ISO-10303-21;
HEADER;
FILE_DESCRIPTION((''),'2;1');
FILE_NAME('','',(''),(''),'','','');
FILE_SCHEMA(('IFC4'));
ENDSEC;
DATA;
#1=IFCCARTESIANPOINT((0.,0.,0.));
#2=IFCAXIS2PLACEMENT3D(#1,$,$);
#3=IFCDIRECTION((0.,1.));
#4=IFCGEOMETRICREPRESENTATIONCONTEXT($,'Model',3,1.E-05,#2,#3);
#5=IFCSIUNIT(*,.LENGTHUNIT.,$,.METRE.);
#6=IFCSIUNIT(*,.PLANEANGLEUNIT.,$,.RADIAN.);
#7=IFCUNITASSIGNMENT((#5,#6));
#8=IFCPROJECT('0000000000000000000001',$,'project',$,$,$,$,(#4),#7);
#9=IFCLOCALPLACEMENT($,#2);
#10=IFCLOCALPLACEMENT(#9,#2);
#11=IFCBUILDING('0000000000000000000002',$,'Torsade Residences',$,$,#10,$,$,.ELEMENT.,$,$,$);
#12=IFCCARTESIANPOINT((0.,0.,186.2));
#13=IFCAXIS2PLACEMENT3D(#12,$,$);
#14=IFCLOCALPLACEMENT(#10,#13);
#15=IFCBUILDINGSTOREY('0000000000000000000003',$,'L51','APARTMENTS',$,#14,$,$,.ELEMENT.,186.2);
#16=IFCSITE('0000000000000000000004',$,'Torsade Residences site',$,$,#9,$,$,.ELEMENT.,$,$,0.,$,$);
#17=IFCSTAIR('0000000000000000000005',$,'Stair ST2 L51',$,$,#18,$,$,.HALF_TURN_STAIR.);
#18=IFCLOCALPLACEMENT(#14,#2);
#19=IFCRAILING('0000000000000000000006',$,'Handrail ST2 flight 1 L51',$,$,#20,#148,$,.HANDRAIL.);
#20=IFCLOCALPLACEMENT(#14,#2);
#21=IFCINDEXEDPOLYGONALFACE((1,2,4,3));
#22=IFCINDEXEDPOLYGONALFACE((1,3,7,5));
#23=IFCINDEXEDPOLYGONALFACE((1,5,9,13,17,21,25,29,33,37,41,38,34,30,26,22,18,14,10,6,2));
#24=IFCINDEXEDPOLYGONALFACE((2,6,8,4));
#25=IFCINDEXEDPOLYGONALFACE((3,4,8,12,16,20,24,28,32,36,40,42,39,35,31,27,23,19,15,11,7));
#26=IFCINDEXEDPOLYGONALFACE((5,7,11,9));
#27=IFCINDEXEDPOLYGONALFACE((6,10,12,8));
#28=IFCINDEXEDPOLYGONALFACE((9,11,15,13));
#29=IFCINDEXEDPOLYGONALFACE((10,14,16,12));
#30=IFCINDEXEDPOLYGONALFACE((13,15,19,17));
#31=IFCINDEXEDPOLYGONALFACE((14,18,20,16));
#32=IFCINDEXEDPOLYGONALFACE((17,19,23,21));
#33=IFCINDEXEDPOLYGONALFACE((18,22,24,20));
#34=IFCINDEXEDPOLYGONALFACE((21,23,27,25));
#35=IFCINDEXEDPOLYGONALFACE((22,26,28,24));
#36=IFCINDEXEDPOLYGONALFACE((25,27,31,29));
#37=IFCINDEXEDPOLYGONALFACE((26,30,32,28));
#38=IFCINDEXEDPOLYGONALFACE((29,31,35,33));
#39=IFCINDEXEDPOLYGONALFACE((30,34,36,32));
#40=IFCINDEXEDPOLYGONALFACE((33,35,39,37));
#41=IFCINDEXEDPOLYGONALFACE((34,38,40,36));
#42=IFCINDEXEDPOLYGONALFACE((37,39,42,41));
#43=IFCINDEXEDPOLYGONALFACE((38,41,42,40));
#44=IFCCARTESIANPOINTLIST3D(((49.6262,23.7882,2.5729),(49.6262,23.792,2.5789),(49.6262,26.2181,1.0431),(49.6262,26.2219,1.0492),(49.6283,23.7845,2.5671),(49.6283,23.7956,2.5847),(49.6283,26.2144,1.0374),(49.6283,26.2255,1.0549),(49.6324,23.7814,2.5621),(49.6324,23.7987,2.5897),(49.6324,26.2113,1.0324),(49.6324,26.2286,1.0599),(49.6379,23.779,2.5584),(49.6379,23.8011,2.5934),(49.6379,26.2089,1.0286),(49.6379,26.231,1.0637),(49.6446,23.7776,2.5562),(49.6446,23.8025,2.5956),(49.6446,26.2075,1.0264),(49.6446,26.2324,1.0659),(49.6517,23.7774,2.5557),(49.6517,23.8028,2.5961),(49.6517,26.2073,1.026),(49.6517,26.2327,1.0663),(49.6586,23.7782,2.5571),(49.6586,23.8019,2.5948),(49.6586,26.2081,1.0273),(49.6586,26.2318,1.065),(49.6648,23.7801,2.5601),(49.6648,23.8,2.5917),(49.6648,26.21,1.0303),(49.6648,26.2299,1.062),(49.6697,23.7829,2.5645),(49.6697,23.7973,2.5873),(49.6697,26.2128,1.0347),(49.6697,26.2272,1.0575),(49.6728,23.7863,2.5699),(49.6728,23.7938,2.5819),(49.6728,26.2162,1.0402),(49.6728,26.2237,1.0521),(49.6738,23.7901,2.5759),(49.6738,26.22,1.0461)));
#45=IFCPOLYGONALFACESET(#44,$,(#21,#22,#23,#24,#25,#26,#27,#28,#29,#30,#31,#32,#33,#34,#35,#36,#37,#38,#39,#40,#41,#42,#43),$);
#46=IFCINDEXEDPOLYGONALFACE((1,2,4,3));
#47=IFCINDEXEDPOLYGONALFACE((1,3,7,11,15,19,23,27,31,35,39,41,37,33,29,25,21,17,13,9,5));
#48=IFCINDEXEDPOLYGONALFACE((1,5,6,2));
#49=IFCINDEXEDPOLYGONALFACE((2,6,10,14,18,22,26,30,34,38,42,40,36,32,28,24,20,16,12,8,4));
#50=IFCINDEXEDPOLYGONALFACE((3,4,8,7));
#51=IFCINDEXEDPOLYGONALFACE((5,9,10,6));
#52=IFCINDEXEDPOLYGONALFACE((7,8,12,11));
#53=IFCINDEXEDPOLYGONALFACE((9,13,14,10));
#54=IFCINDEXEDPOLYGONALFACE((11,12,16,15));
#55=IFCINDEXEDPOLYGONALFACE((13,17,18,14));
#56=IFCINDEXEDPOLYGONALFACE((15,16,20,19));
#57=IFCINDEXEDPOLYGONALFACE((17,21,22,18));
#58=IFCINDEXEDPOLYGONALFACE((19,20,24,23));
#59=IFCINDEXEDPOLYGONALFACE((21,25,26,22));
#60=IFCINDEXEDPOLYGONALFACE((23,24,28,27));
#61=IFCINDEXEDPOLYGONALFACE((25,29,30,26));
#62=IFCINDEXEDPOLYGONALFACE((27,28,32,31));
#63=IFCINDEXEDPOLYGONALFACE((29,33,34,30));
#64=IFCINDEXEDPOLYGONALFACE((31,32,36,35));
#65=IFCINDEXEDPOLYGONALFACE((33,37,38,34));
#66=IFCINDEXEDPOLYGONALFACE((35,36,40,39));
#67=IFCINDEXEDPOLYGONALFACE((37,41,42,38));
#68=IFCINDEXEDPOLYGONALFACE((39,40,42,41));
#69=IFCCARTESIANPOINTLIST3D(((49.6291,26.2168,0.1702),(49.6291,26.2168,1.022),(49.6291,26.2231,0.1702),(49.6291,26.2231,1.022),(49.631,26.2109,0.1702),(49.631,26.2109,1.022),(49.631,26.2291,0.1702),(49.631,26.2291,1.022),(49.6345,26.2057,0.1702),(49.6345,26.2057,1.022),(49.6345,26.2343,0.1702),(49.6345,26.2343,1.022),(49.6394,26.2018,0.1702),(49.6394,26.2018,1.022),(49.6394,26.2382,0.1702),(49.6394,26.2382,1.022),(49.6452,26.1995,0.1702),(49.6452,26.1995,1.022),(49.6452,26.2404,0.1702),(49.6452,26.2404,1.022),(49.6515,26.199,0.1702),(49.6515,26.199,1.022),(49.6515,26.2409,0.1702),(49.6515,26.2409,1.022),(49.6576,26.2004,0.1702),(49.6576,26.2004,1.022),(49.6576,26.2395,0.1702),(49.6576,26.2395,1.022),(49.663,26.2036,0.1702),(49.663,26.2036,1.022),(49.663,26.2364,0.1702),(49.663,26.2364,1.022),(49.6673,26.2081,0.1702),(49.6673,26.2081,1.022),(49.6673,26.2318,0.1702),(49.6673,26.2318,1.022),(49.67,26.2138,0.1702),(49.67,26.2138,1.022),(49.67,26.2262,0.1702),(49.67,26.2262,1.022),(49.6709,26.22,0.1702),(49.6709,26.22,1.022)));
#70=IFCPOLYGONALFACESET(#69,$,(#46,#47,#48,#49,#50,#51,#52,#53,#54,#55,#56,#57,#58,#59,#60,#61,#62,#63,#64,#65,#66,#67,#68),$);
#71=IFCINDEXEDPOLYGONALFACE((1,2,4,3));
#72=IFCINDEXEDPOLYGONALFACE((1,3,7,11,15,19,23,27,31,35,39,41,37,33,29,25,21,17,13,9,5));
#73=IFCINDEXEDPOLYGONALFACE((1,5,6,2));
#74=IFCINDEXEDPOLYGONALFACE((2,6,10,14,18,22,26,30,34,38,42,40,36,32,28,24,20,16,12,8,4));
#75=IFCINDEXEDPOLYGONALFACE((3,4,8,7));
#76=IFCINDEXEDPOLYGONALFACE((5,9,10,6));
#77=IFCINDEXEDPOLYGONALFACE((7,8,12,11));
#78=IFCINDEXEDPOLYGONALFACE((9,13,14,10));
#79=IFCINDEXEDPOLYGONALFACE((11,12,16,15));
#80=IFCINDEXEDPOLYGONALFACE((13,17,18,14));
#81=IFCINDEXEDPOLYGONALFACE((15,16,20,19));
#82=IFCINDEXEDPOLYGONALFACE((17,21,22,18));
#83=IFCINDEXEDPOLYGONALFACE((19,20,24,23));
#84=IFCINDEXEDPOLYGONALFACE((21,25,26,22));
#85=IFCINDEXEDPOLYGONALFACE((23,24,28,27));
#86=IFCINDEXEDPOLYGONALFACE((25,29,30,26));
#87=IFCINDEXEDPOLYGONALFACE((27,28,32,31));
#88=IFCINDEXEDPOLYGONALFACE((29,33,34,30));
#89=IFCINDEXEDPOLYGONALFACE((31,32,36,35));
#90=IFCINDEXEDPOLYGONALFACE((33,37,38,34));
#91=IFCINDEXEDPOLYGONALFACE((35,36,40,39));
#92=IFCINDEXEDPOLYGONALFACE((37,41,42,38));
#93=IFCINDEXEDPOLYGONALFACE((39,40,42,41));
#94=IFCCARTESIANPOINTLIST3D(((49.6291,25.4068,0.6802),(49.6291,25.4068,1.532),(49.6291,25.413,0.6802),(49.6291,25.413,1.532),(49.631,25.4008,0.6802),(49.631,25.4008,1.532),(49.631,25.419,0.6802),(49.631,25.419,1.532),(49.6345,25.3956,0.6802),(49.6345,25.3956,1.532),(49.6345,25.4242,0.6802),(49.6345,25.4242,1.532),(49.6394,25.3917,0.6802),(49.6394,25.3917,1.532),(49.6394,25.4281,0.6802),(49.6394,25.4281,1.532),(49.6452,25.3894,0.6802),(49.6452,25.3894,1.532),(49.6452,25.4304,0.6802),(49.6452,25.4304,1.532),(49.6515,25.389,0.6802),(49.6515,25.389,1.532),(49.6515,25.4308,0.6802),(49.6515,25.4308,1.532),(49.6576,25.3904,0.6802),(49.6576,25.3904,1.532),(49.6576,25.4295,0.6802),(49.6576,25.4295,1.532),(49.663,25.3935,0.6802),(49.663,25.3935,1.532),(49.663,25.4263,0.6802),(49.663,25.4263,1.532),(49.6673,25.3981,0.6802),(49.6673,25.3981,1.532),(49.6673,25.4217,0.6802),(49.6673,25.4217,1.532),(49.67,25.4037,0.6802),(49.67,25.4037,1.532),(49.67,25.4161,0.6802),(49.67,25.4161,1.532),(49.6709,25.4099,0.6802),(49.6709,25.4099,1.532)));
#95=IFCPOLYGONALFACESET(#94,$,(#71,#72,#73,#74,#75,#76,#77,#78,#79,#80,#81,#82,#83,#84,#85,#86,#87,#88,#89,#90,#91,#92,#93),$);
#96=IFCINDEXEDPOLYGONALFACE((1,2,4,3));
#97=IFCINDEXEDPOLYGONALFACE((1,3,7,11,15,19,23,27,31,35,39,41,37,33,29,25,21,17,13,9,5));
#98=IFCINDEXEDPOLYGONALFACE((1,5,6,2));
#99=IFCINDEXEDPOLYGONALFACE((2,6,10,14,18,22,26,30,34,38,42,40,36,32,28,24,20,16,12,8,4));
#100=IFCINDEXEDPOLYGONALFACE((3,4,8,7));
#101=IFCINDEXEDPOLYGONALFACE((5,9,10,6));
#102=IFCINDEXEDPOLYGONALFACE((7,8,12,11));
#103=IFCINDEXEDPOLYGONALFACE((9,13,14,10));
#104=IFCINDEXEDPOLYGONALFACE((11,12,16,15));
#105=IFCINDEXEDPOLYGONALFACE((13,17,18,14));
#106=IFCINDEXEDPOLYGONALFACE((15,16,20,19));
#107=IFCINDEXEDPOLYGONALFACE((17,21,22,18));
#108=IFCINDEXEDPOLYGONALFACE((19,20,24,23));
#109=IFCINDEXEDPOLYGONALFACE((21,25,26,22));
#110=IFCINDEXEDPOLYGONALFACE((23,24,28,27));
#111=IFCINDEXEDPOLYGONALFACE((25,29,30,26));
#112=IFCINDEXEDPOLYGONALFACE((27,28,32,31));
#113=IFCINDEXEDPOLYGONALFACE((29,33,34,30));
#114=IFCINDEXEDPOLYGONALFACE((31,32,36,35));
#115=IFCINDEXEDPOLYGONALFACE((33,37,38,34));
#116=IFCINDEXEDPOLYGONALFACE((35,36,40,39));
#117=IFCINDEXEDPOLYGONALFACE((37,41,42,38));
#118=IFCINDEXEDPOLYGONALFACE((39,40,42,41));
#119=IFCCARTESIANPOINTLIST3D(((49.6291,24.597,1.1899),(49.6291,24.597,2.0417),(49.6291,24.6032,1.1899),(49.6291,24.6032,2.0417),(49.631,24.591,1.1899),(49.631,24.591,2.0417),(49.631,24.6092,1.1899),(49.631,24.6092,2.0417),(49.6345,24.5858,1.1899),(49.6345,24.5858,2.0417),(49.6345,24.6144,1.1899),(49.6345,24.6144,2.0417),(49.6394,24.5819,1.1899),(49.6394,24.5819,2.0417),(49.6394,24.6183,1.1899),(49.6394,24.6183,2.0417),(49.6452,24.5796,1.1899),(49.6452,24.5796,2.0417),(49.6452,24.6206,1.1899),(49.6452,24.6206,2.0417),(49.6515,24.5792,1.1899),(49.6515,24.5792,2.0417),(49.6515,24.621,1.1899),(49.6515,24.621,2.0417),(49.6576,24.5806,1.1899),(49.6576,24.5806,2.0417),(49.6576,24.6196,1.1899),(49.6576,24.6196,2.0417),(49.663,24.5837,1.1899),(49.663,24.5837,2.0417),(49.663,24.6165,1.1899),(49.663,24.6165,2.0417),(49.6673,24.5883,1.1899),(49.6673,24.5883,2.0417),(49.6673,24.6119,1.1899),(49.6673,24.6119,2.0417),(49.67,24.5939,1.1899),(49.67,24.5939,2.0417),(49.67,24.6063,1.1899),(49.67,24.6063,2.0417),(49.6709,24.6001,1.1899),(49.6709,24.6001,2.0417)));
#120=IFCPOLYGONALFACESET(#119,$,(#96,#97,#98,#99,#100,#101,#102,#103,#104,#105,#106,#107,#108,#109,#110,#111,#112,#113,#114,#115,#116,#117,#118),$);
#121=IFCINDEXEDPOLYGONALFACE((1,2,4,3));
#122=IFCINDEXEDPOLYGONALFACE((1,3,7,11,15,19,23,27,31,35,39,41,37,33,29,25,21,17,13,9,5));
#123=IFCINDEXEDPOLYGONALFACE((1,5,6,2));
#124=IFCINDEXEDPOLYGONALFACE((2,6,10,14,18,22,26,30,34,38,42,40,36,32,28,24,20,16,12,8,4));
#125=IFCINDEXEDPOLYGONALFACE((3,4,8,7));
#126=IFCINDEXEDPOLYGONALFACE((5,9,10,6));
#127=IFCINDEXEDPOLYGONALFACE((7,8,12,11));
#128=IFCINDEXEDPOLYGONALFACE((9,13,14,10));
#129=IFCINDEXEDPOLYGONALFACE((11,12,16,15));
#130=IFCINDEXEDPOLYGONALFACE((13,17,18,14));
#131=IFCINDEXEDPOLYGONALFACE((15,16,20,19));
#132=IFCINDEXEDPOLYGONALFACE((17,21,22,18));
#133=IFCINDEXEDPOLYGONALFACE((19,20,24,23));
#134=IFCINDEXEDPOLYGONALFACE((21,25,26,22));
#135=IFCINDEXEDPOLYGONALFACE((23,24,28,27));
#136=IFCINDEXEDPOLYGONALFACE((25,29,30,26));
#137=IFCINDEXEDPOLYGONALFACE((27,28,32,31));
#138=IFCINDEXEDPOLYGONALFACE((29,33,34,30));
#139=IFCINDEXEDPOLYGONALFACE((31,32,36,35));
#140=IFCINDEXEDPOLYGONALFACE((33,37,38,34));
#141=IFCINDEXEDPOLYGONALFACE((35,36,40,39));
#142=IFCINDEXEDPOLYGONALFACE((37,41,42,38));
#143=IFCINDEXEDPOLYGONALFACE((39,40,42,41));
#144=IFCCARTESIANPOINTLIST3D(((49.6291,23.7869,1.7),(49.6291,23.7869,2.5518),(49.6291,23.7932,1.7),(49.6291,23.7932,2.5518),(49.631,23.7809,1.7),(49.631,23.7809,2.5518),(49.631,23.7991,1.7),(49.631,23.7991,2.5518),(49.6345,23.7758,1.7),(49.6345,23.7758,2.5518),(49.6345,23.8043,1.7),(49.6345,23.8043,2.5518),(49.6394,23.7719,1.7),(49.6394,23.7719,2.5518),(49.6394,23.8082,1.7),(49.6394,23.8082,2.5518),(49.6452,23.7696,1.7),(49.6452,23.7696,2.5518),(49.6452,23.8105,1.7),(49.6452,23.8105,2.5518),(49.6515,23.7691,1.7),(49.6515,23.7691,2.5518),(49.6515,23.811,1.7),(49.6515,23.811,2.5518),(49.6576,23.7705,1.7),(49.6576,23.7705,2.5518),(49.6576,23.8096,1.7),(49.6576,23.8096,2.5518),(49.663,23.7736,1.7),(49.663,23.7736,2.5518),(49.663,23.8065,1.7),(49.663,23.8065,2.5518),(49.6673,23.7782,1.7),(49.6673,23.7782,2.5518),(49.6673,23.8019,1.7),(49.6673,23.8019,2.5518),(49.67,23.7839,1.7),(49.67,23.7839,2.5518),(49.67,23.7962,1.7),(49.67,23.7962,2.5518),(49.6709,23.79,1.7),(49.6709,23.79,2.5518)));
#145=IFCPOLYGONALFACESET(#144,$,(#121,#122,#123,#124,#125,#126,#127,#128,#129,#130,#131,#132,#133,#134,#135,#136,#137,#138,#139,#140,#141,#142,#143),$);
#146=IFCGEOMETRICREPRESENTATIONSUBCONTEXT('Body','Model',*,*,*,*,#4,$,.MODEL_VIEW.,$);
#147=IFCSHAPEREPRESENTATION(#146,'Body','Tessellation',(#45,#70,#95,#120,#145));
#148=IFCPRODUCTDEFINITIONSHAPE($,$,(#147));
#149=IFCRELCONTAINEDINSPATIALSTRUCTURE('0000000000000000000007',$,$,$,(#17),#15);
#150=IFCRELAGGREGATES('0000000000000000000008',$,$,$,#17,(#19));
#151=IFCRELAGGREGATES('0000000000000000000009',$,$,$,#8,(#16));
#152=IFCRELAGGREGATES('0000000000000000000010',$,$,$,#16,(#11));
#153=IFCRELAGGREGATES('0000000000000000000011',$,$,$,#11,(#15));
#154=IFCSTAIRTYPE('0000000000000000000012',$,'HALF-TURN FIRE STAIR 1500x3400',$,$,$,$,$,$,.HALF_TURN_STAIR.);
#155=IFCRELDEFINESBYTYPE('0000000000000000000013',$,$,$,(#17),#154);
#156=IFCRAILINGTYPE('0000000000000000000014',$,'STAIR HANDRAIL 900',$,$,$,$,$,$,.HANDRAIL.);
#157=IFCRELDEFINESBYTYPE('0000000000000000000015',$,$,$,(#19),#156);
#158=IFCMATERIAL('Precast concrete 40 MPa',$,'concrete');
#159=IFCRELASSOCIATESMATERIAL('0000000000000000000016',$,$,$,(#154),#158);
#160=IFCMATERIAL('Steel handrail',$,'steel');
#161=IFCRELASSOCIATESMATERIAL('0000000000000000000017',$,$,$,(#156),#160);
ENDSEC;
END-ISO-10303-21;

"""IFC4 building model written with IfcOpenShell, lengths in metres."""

from ifc_helpers import new_model, si_unit, direction, frame, origin, origin_2d, place, context, subcontext, project, spatial, circle, extrude, material, type_object, element, aggregate, save


model = new_model("IFC4")

# Units and contexts
model_context = context("Model", 3, precision=1e-05, world=origin(), true_north=direction((0.0, 1.0)))
body_context = subcontext(model_context, "Body", "Model", "MODEL_VIEW")
ifc_project = project(units=[si_unit("LENGTHUNIT", "METRE"), si_unit("PLANEANGLEUNIT", "RADIAN")], contexts=[model_context])

# Site, building, storey
site_placement = place(None, origin())
site = spatial("IfcSite", under=ifc_project, at=site_placement, Name="Torsade Residences site", CompositionType="ELEMENT", RefElevation=0.0)
building_placement = place(site_placement, origin())
building = spatial("IfcBuilding", under=site, at=building_placement, Name="Torsade Residences", CompositionType="ELEMENT")
storey_placement = place(building_placement, frame((0.0, 0.0, 186.2)))
storey = spatial("IfcBuildingStorey", under=building, at=storey_placement, Name="L51", Description="APARTMENTS", CompositionType="ELEMENT", Elevation=186.2)

# Stair, railing
ifc_material_1 = material(Name="Precast concrete 40 MPa", Category="concrete")
stair_type = type_object("IfcStairType", Name="HALF-TURN FIRE STAIR 1500x3400", PredefinedType="HALF_TURN_STAIR", material=ifc_material_1)
stair_placement = place(storey_placement, origin())
stair = element("IfcStair", 1, at=stair_placement, inside=storey, type_object=stair_type, Name="Stair ST2 L51", PredefinedType="HALF_TURN_STAIR")
ifc_material_2 = material(Name="Steel handrail", Category="steel")
railing_type = type_object("IfcRailingType", Name="STAIR HANDRAIL 900", PredefinedType="HANDRAIL", material=ifc_material_2)
railing_1_placement = place(storey_placement, frame((49.6499, 26.22, 0.1702)))
railing_1 = element("IfcRailing", 2, at=railing_1_placement, type_object=railing_type, Name="Handrail ST2 flight 1 L51", PredefinedType="HANDRAIL", context=body_context, shape_type="SweptSolid", body=[
    extrude(circle(Radius=0.0239, at=origin_2d()), frame((0.0, 0.0, 0.876), z_axis=(0.0, -0.84626, 0.53277), x_axis=(1.0, 0.0, 0.0)), (0.0, 0.0, 1.0), 2.8713),
    extrude(circle(Radius=0.021, at=origin_2d()), origin(), (0.0, 0.0, 1.0), 0.8518),
    extrude(circle(Radius=0.021, at=origin_2d()), frame((0.0, -0.8101, 0.51)), (0.0, 0.0, 1.0), 0.8518),
    extrude(circle(Radius=0.021, at=origin_2d()), frame((0.0, -1.6199, 1.0198)), (0.0, 0.0, 1.0), 0.8518),
    extrude(circle(Radius=0.021, at=origin_2d()), frame((0.0, -2.4299, 1.5298)), (0.0, 0.0, 1.0), 0.8518),
])
aggregate(stair, [railing_1])

save(model, "model.ifc")
